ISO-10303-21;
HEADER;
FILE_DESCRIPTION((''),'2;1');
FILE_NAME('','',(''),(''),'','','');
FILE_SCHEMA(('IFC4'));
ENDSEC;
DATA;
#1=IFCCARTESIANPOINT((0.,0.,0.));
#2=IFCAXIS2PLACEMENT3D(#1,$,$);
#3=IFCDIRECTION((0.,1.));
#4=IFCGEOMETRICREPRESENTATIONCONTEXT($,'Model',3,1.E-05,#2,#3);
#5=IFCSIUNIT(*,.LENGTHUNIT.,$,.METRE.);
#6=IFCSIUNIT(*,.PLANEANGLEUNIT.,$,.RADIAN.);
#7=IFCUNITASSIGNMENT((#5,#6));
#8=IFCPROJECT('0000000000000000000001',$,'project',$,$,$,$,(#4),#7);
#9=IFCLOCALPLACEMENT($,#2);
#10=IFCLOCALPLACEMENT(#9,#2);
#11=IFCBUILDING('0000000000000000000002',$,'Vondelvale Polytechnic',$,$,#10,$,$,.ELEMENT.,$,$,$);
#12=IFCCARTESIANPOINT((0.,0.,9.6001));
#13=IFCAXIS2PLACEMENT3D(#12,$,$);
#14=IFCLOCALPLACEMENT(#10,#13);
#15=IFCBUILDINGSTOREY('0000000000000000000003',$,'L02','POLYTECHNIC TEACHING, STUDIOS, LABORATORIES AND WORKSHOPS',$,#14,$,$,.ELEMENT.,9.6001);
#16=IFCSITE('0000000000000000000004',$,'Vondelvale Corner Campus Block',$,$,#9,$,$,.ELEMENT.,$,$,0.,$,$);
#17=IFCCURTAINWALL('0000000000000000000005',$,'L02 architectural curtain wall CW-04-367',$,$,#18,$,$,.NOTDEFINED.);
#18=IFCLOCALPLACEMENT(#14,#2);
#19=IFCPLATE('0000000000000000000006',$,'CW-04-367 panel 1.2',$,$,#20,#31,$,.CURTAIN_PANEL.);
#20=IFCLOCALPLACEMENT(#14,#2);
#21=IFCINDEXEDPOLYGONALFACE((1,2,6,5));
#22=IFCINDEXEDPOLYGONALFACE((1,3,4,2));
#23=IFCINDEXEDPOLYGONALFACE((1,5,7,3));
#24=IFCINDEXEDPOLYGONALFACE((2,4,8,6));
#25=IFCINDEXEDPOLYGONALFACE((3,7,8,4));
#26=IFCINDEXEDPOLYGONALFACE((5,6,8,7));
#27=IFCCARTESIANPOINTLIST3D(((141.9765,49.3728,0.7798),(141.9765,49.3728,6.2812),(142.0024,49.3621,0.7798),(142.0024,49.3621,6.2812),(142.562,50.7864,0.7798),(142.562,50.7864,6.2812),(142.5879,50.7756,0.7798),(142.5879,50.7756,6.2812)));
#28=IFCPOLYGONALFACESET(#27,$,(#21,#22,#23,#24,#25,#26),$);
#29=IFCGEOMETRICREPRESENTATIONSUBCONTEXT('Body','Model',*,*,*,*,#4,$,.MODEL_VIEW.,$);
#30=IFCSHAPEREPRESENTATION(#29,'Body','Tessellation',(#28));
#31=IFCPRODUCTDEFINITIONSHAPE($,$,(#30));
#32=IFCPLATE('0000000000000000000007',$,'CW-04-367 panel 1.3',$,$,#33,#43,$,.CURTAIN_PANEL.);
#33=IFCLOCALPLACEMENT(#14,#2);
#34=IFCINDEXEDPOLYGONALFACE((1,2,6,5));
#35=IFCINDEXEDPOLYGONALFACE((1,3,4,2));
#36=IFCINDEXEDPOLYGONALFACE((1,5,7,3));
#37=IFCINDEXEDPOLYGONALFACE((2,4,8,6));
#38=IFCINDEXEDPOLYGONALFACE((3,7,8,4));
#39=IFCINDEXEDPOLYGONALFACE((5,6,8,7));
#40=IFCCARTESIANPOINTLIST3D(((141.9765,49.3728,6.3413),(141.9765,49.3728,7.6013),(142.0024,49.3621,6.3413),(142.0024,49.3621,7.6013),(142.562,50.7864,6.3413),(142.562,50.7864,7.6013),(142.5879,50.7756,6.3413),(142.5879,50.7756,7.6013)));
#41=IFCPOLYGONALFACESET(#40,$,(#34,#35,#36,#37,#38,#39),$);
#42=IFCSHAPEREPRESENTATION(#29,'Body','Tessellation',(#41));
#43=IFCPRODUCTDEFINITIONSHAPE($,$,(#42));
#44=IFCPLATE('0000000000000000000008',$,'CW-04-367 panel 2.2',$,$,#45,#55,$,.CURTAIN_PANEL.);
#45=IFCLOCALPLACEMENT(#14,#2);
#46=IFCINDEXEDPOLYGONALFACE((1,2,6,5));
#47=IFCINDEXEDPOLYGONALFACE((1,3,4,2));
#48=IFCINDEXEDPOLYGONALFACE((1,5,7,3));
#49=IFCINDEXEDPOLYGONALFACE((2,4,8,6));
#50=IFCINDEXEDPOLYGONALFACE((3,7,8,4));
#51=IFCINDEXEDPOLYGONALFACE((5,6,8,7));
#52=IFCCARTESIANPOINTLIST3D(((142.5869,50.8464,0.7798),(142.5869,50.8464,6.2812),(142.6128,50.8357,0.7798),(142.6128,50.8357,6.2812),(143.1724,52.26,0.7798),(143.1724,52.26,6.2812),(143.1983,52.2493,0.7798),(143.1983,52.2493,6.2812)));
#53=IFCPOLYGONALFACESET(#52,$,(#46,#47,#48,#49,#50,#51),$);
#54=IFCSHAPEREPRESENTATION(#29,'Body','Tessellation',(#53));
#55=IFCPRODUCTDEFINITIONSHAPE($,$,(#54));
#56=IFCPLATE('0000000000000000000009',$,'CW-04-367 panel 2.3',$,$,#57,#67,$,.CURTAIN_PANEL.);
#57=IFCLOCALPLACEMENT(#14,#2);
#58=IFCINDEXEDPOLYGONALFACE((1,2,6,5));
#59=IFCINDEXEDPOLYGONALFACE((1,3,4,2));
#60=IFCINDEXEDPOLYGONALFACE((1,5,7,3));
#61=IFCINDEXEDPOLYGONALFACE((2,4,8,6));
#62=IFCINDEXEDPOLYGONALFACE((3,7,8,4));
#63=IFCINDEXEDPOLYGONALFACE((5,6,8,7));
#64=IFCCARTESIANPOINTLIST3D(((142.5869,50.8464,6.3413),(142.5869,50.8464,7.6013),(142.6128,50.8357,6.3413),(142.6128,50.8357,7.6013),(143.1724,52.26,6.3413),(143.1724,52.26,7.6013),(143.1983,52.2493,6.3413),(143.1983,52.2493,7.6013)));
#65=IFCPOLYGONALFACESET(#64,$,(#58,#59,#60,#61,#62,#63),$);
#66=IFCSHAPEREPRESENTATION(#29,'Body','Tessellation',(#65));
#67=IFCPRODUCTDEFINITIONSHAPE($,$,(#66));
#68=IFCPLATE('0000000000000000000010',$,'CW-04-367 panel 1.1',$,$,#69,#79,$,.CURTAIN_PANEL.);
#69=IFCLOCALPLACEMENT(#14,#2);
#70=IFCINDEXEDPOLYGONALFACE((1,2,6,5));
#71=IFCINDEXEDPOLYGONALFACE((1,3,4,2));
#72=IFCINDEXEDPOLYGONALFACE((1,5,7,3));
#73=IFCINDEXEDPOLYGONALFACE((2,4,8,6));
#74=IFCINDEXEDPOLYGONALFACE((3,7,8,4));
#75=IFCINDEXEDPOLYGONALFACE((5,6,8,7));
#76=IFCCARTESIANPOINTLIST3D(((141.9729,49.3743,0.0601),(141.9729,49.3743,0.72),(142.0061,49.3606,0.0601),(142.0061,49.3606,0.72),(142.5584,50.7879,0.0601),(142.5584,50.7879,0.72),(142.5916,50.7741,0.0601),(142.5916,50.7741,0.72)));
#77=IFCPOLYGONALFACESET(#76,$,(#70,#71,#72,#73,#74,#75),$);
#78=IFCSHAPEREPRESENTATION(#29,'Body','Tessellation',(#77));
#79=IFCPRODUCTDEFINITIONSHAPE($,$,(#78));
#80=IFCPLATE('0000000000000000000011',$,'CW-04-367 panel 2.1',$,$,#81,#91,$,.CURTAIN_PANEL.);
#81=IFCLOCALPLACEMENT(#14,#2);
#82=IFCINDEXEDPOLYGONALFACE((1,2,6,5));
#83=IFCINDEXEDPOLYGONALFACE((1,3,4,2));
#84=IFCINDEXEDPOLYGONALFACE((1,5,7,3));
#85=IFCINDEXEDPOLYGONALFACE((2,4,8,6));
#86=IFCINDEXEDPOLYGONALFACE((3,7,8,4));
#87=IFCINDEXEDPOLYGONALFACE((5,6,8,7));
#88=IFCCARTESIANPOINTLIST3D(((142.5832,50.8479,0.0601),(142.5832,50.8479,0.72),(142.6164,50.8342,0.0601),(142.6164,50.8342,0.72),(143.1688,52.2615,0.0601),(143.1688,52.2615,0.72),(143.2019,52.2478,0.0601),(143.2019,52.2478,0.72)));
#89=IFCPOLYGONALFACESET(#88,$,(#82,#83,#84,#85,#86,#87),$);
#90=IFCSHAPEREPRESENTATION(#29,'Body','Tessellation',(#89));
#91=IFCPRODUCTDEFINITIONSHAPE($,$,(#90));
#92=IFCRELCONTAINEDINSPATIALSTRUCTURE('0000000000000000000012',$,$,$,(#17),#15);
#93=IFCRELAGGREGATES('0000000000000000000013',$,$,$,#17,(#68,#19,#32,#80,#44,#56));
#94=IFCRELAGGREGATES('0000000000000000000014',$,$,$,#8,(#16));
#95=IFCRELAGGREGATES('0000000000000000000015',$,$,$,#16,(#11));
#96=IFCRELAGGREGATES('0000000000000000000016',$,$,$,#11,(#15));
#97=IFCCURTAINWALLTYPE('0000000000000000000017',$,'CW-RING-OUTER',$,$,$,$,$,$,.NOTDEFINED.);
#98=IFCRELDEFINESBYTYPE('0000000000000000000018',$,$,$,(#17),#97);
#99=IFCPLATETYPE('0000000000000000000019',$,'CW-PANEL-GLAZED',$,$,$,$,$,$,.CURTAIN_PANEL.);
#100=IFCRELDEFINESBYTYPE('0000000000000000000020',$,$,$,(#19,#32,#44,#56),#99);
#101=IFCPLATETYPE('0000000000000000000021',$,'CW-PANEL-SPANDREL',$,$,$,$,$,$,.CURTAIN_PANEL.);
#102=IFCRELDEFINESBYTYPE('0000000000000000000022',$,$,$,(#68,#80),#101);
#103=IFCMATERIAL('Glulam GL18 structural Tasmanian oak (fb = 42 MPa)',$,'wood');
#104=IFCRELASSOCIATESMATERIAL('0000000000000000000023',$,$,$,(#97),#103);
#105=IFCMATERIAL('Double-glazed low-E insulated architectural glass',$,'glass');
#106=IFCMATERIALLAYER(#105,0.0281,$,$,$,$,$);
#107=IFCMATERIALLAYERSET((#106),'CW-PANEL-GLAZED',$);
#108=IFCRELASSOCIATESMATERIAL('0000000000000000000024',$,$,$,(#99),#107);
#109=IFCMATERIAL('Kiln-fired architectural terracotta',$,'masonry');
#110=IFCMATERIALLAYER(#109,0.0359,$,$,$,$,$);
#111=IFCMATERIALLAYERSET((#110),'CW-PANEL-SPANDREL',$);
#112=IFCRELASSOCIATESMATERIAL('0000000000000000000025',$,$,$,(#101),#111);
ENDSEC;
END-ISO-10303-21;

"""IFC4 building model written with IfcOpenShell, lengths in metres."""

from ifc_helpers import new_model, si_unit, direction, frame, origin, origin_2d, place, context, subcontext, project, spatial, rectangle, extrude, material, layer, layer_set, type_object, element, aggregate, save


model = new_model("IFC4")

# Units and contexts
model_context = context("Model", 3, precision=1e-05, world=origin(), true_north=direction((0.0, 1.0)))
body_context = subcontext(model_context, "Body", "Model", "MODEL_VIEW")
ifc_project = project(units=[si_unit("LENGTHUNIT", "METRE"), si_unit("PLANEANGLEUNIT", "RADIAN")], contexts=[model_context])

# Site, building, storey
site_placement = place(None, origin())
site = spatial("IfcSite", under=ifc_project, at=site_placement, Name="Vondelvale Corner Campus Block", CompositionType="ELEMENT", RefElevation=0.0)
building_placement = place(site_placement, origin())
building = spatial("IfcBuilding", under=site, at=building_placement, Name="Vondelvale Polytechnic", CompositionType="ELEMENT")
storey_placement = place(building_placement, frame((0.0, 0.0, 9.6001)))
storey = spatial("IfcBuildingStorey", under=building, at=storey_placement, Name="L02", Description="POLYTECHNIC TEACHING, STUDIOS, LABORATORIES AND WORKSHOPS", CompositionType="ELEMENT", Elevation=9.6001)

# Shared definitions
ifc_material_1 = material(Name="Glulam GL18 structural Tasmanian oak (fb = 42 MPa)", Category="wood")

# Curtain wall
curtain_wall_type = type_object("IfcCurtainWallType", Name="CW-RING-OUTER", PredefinedType="NOTDEFINED", material=ifc_material_1)
curtain_wall_1_placement = place(storey_placement, origin())
curtain_wall_1 = element("IfcCurtainWall", 1, at=curtain_wall_1_placement, inside=storey, type_object=curtain_wall_type, Name="L02 architectural curtain wall CW-04-367", PredefinedType="NOTDEFINED")

# Plates
ifc_material_2 = material(Name="Double-glazed low-E insulated architectural glass", Category="glass")
ifc_layer_1 = layer(ifc_material_2, 0.0281)
ifc_layer_set_1 = layer_set([ifc_layer_1], Name="CW-PANEL-GLAZED")
plate_type_1 = type_object("IfcPlateType", Name="CW-PANEL-GLAZED", PredefinedType="CURTAIN_PANEL", material=ifc_layer_set_1)
plate_1_placement = place(storey_placement, frame((142.2822, 50.0742, 0.7798), z_axis=(0.0, 0.0, 1.0), x_axis=(0.382677, 0.923882, 0.0)))
plate_1 = element("IfcPlate", 2, at=plate_1_placement, type_object=plate_type_1, Name="CW-04-367 panel 1.2", PredefinedType="CURTAIN_PANEL", context=body_context, shape_type="SweptSolid", body=[
    extrude(rectangle(XDim=1.53, YDim=0.0281, at=origin_2d()), origin(), (0.0, 0.0, 1.0), 5.5015),
])
plate_2_placement = place(storey_placement, frame((142.2822, 50.0742, 6.3413), z_axis=(0.0, 0.0, 1.0), x_axis=(0.382677, 0.923882, 0.0)))
plate_2 = element("IfcPlate", 3, at=plate_2_placement, type_object=plate_type_1, Name="CW-04-367 panel 1.3", PredefinedType="CURTAIN_PANEL", context=body_context, shape_type="SweptSolid", body=[
    extrude(rectangle(XDim=1.53, YDim=0.0281, at=origin_2d()), origin(), (0.0, 0.0, 1.0), 1.26),
])
plate_3_placement = place(storey_placement, frame((142.8926, 51.5479, 0.7798), z_axis=(0.0, 0.0, 1.0), x_axis=(0.382677, 0.923882, 0.0)))
plate_3 = element("IfcPlate", 4, at=plate_3_placement, type_object=plate_type_1, Name="CW-04-367 panel 2.2", PredefinedType="CURTAIN_PANEL", context=body_context, shape_type="SweptSolid", body=[
    extrude(rectangle(XDim=1.53, YDim=0.0281, at=origin_2d()), origin(), (0.0, 0.0, 1.0), 5.5015),
])
plate_4_placement = place(storey_placement, frame((142.8926, 51.5479, 6.3413), z_axis=(0.0, 0.0, 1.0), x_axis=(0.382677, 0.923882, 0.0)))
plate_4 = element("IfcPlate", 5, at=plate_4_placement, type_object=plate_type_1, Name="CW-04-367 panel 2.3", PredefinedType="CURTAIN_PANEL", context=body_context, shape_type="SweptSolid", body=[
    extrude(rectangle(XDim=1.53, YDim=0.0281, at=origin_2d()), origin(), (0.0, 0.0, 1.0), 1.26),
])
ifc_material_3 = material(Name="Kiln-fired architectural terracotta", Category="masonry")
ifc_layer_2 = layer(ifc_material_3, 0.0359)
ifc_layer_set_2 = layer_set([ifc_layer_2], Name="CW-PANEL-SPANDREL")
plate_type_2 = type_object("IfcPlateType", Name="CW-PANEL-SPANDREL", PredefinedType="CURTAIN_PANEL", material=ifc_layer_set_2)
plate_5_placement = place(storey_placement, frame((142.2822, 50.0742, 0.0601), z_axis=(0.0, 0.0, 1.0), x_axis=(0.382677, 0.923882, 0.0)))
plate_5 = element("IfcPlate", 6, at=plate_5_placement, type_object=plate_type_2, Name="CW-04-367 panel 1.1", PredefinedType="CURTAIN_PANEL", context=body_context, shape_type="SweptSolid", body=[
    extrude(rectangle(XDim=1.53, YDim=0.0359, at=origin_2d()), origin(), (0.0, 0.0, 1.0), 0.6599),
])
plate_6_placement = place(storey_placement, frame((142.8926, 51.5479, 0.0601), z_axis=(0.0, 0.0, 1.0), x_axis=(0.382677, 0.923882, 0.0)))
plate_6 = element("IfcPlate", 7, at=plate_6_placement, type_object=plate_type_2, Name="CW-04-367 panel 2.1", PredefinedType="CURTAIN_PANEL", context=body_context, shape_type="SweptSolid", body=[
    extrude(rectangle(XDim=1.53, YDim=0.0359, at=origin_2d()), origin(), (0.0, 0.0, 1.0), 0.6599),
])
aggregate(curtain_wall_1, [plate_5, plate_1, plate_2, plate_6, plate_3, plate_4])

save(model, "model.ifc")
